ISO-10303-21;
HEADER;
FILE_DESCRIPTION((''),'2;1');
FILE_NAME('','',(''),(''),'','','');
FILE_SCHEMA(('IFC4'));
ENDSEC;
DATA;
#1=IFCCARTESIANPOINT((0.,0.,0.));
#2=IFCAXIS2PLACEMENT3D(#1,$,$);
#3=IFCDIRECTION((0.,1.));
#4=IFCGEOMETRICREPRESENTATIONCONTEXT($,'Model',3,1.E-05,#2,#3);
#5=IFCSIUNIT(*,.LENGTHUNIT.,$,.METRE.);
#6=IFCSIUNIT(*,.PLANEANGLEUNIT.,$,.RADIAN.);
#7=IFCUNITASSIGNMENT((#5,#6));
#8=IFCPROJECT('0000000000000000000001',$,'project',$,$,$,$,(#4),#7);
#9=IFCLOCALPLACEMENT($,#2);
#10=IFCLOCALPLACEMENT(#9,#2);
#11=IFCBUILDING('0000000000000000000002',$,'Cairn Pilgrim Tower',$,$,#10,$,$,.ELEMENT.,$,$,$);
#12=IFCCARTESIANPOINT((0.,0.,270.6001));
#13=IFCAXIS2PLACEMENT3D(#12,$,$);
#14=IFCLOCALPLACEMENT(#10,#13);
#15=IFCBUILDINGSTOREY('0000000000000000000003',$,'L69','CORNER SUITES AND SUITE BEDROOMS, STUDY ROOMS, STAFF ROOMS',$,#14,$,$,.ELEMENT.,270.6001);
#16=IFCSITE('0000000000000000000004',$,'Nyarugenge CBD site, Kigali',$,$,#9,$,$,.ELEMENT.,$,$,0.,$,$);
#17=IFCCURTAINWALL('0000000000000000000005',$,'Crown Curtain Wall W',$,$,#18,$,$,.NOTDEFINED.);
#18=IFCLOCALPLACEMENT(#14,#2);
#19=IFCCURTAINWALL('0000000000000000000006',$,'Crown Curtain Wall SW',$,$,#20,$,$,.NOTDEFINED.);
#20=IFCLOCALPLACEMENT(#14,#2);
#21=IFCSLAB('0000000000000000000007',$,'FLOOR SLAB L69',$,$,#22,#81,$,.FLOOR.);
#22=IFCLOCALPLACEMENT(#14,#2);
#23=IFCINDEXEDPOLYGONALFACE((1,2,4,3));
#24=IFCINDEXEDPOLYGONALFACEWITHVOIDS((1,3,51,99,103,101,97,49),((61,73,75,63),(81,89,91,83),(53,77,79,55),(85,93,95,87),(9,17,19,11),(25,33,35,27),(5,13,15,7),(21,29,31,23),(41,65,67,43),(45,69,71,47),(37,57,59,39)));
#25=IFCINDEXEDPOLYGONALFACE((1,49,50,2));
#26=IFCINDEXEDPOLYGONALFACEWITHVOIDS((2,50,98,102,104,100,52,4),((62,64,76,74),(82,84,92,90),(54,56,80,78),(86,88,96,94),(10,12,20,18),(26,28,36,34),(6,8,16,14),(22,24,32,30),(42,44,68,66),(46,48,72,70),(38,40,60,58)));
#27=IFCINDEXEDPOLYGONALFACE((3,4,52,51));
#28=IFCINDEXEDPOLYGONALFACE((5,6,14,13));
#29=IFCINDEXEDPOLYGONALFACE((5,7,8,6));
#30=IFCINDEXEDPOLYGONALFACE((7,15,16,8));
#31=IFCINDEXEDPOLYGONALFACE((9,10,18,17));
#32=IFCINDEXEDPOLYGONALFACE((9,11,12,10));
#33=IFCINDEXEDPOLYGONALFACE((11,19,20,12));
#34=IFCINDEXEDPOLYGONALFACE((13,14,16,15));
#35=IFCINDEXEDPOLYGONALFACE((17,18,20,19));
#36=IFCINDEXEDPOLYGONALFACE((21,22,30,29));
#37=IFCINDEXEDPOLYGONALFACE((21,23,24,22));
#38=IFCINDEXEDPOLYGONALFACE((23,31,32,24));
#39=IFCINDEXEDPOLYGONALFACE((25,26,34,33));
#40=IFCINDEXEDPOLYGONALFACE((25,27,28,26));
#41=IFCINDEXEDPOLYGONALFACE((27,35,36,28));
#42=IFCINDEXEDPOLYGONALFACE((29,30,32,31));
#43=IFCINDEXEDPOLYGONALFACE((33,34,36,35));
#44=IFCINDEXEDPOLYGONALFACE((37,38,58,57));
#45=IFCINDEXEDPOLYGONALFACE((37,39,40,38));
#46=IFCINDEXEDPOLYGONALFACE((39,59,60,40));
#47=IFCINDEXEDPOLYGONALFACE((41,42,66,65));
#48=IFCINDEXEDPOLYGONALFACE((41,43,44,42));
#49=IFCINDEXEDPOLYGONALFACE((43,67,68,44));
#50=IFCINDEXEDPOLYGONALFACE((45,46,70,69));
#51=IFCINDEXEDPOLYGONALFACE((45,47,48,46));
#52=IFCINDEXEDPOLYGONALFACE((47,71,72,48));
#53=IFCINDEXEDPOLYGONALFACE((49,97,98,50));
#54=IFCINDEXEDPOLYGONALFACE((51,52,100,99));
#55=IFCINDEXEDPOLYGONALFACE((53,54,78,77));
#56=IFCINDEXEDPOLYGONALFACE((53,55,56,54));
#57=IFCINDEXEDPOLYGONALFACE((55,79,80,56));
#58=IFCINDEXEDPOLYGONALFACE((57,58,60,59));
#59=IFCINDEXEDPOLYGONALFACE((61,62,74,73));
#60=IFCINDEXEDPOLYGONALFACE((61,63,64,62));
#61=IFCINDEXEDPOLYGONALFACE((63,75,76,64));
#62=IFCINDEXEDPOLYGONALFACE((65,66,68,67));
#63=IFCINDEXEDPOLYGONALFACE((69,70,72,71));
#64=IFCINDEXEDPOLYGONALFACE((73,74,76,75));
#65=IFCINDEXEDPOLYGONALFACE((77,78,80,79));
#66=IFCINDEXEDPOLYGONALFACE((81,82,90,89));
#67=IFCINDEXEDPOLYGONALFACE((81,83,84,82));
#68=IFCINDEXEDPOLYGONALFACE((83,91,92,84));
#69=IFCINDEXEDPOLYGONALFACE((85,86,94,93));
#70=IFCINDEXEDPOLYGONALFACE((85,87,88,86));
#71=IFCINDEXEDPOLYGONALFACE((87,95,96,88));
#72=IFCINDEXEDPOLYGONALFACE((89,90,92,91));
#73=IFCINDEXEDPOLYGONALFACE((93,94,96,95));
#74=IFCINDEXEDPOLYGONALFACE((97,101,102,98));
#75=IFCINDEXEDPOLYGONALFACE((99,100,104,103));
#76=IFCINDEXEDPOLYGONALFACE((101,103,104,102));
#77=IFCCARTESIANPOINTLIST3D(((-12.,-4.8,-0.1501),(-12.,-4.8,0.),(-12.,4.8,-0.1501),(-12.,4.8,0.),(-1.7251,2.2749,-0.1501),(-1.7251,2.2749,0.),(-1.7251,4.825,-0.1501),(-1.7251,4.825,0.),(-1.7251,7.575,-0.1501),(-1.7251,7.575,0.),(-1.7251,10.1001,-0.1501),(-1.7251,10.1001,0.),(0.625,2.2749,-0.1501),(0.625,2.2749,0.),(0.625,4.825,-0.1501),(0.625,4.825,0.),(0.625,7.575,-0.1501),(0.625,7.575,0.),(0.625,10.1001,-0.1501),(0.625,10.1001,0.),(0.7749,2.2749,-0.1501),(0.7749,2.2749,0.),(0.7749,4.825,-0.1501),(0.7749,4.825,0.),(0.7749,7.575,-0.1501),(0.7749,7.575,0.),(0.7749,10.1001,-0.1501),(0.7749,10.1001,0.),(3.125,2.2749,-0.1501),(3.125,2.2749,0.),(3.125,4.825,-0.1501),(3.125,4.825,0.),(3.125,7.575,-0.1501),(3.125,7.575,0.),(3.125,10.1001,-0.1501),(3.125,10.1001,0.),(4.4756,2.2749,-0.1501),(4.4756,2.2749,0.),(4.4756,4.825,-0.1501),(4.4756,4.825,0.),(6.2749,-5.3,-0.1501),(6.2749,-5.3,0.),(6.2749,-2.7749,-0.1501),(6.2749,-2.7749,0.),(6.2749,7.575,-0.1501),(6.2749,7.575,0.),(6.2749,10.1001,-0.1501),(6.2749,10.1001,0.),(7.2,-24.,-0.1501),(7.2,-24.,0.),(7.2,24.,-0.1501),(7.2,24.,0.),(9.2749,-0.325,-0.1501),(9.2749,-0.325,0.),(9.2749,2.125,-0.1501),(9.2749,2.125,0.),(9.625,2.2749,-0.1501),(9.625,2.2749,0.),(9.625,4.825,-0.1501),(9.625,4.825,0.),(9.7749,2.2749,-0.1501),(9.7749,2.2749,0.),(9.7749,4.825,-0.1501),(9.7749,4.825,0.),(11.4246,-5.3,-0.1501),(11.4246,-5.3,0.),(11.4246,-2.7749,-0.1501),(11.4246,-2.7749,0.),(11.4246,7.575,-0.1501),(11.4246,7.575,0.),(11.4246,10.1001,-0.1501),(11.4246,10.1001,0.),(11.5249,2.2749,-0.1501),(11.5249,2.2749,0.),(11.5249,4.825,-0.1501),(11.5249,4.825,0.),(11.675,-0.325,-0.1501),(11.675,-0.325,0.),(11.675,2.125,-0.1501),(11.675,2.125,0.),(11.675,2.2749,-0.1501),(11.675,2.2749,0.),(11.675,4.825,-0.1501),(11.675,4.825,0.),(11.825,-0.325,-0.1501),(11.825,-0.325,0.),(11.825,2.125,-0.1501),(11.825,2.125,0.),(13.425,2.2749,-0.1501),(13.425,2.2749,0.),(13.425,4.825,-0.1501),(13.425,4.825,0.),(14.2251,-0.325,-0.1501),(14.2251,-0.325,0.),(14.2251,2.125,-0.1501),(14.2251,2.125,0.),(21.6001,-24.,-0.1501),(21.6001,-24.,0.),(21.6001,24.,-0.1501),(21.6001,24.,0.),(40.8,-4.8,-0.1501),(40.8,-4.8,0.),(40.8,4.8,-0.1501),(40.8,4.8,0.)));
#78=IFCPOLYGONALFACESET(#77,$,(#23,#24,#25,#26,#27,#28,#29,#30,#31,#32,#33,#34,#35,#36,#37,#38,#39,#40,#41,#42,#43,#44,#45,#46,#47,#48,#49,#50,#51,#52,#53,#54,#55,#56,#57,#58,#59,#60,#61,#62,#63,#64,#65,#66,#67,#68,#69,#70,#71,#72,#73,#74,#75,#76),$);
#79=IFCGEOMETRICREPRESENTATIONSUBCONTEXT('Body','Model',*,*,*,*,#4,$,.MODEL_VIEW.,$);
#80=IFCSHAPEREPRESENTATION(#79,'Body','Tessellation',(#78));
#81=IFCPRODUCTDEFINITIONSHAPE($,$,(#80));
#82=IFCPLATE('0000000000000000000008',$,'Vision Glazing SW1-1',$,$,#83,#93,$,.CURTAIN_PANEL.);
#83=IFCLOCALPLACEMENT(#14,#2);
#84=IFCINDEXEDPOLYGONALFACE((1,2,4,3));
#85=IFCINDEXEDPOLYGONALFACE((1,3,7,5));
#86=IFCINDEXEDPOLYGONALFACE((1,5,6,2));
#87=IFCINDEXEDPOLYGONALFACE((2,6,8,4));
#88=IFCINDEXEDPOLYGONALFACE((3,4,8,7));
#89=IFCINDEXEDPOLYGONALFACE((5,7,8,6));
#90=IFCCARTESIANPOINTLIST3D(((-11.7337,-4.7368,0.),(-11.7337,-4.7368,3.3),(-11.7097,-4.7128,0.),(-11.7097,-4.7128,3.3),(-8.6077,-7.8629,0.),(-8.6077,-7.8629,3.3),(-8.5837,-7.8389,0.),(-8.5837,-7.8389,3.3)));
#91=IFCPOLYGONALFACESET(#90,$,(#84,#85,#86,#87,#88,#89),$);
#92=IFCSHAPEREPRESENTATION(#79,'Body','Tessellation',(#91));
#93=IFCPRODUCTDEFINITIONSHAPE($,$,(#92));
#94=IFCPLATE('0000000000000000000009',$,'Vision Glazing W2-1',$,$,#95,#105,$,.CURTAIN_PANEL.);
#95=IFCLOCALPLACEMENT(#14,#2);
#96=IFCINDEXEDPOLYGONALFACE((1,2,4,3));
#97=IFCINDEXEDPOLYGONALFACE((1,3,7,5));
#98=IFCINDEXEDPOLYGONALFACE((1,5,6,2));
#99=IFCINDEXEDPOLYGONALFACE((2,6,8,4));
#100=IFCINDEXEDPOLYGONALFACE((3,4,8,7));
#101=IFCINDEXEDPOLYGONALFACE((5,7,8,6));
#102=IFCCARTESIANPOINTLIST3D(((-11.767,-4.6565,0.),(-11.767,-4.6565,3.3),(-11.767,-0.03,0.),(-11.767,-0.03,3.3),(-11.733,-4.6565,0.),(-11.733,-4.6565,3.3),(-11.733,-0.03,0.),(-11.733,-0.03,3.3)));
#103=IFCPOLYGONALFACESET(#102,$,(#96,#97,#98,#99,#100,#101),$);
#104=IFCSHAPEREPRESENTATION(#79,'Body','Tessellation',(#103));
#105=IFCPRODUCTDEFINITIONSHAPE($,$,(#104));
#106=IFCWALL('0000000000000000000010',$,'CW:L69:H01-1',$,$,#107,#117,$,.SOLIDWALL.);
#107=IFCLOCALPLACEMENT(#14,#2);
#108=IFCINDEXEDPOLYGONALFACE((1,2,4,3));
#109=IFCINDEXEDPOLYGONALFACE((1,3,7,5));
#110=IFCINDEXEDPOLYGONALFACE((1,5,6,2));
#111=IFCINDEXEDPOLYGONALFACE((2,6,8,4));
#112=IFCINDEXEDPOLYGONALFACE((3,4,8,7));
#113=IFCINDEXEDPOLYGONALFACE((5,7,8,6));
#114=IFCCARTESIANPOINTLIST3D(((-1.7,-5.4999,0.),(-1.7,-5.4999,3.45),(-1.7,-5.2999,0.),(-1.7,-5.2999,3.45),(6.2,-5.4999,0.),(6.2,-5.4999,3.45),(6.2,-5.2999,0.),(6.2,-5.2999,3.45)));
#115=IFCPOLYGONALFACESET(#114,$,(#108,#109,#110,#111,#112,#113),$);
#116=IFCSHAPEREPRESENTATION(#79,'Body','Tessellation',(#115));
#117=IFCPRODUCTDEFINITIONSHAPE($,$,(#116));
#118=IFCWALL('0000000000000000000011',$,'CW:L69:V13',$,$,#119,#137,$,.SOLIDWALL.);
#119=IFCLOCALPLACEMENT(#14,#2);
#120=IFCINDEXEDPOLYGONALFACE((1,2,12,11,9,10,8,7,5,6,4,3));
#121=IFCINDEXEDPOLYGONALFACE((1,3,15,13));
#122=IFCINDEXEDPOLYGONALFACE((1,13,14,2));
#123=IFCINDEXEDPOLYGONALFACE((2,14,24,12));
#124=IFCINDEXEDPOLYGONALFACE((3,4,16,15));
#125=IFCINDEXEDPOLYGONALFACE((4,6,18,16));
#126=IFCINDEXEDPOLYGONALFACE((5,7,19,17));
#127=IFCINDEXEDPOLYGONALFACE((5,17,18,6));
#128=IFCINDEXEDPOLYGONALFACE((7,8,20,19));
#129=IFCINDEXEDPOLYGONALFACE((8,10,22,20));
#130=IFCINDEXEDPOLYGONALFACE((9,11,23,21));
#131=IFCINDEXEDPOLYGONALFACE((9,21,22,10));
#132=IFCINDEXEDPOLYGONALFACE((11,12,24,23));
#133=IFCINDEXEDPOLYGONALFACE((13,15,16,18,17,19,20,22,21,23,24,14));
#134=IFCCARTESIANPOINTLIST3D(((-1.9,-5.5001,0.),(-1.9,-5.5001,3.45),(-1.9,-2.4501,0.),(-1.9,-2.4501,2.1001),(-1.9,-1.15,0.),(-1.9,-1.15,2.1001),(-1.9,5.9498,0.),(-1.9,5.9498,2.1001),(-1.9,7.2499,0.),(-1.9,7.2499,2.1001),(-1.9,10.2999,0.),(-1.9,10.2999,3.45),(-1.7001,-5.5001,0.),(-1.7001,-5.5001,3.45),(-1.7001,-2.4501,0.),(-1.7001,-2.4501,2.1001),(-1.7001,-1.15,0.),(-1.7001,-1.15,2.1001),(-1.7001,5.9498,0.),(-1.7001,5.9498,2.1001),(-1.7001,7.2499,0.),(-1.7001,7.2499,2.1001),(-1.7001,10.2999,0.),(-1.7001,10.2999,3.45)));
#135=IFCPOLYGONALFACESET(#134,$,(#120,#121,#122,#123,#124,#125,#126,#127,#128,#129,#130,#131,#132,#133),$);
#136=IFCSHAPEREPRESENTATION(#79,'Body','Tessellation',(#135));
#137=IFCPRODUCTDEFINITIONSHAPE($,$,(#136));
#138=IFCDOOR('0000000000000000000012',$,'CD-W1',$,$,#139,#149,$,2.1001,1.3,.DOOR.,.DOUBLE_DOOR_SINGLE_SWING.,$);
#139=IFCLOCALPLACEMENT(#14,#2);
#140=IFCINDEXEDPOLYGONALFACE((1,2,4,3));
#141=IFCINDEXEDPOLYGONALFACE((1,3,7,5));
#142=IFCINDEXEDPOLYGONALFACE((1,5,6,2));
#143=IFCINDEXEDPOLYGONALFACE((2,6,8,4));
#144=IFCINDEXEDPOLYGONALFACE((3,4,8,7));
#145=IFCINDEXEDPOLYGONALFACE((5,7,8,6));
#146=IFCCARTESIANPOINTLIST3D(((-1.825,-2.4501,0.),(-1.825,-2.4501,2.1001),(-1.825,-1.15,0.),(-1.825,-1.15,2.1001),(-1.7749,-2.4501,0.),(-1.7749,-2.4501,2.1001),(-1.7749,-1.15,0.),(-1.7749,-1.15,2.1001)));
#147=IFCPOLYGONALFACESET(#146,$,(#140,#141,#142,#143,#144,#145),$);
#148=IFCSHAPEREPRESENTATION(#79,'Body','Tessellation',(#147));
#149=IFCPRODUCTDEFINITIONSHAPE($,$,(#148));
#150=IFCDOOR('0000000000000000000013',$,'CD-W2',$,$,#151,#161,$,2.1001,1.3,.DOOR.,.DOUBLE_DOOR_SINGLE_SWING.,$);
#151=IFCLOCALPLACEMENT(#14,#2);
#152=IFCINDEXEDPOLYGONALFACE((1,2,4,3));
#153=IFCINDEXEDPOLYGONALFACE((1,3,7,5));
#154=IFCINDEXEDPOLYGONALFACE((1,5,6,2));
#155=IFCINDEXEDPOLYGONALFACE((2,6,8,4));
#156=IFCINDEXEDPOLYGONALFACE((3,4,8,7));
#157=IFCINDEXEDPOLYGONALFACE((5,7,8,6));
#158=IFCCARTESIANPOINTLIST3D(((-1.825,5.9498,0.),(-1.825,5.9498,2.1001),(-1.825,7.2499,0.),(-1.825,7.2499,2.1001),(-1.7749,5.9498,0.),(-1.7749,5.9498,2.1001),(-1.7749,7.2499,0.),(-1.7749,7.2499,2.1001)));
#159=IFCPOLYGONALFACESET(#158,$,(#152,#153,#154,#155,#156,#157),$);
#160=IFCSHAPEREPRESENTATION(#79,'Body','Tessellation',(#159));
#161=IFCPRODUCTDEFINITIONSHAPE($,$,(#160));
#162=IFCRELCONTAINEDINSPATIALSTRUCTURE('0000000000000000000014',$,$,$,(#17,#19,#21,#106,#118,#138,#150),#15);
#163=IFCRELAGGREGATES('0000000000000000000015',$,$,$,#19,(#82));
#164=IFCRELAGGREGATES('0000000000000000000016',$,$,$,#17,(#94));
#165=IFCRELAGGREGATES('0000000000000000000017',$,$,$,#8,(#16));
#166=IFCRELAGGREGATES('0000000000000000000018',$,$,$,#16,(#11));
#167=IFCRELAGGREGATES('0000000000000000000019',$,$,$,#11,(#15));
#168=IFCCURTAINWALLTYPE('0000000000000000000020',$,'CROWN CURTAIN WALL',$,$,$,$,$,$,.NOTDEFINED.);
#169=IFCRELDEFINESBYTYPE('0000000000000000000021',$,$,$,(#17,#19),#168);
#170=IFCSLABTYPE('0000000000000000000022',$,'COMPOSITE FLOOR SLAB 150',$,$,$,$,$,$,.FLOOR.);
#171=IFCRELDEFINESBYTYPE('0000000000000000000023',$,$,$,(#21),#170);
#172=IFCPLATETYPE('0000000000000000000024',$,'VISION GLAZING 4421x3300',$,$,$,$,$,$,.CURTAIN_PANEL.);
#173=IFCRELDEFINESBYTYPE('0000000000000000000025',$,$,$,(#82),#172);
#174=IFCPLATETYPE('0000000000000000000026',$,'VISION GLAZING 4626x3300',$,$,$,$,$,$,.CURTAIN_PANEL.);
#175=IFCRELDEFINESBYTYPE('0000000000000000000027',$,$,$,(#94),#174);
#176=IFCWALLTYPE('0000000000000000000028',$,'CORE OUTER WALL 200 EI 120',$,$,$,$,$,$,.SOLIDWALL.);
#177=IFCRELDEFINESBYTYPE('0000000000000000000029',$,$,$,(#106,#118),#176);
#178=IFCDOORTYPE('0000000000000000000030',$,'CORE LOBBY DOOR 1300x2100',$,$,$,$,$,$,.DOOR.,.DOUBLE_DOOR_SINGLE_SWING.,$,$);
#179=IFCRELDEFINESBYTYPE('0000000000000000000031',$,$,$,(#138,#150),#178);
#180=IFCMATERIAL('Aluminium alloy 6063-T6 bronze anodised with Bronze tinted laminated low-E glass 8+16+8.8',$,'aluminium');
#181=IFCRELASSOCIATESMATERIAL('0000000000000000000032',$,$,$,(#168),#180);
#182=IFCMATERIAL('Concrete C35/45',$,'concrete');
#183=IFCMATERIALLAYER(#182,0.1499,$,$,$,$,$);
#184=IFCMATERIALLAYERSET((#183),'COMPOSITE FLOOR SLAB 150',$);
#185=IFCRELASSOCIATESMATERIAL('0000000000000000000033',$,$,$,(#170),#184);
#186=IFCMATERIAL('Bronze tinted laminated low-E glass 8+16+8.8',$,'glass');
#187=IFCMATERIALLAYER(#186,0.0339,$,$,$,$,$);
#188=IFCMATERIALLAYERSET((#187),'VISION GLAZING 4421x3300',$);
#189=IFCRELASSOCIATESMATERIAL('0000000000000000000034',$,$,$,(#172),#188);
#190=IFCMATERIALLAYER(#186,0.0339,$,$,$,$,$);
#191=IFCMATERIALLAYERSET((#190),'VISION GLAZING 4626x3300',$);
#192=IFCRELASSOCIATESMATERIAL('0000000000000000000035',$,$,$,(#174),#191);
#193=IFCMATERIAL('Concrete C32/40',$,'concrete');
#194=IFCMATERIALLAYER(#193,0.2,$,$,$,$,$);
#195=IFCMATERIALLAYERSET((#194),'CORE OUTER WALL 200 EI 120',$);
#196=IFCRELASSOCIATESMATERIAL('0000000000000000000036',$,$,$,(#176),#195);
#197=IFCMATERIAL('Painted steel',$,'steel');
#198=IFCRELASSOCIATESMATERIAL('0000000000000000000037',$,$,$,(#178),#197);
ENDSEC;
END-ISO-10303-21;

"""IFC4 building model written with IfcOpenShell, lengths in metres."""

from ifc_helpers import new_model, si_unit, direction, frame, frame_2d, origin, origin_2d, place, context, subcontext, project, spatial, polyline, rectangle, outline, extrude, material, layer, layer_set, type_object, element, fill, aggregate, save


model = new_model("IFC4")

# Units and contexts
model_context = context("Model", 3, precision=1e-05, world=origin(), true_north=direction((0.0, 1.0)))
body_context = subcontext(model_context, "Body", "Model", "MODEL_VIEW")
ifc_project = project(units=[si_unit("LENGTHUNIT", "METRE"), si_unit("PLANEANGLEUNIT", "RADIAN")], contexts=[model_context])

# Site, building, storey
site_placement = place(None, origin())
site = spatial("IfcSite", under=ifc_project, at=site_placement, Name="Nyarugenge CBD site, Kigali", CompositionType="ELEMENT", RefElevation=0.0)
building_placement = place(site_placement, origin())
building = spatial("IfcBuilding", under=site, at=building_placement, Name="Cairn Pilgrim Tower", CompositionType="ELEMENT")
storey_placement = place(building_placement, frame((0.0, 0.0, 270.6001)))
storey = spatial("IfcBuildingStorey", under=building, at=storey_placement, Name="L69", Description="CORNER SUITES AND SUITE BEDROOMS, STUDY ROOMS, STAFF ROOMS", CompositionType="ELEMENT", Elevation=270.6001)

# Curtain wall
ifc_material_1 = material(Name="Aluminium alloy 6063-T6 bronze anodised with Bronze tinted laminated low-E glass 8+16+8.8", Category="aluminium")
curtain_wall_type = type_object("IfcCurtainWallType", Name="CROWN CURTAIN WALL", PredefinedType="NOTDEFINED", material=ifc_material_1)
curtain_wall_1_placement = place(storey_placement, origin())
curtain_wall_1 = element("IfcCurtainWall", 1, at=curtain_wall_1_placement, inside=storey, type_object=curtain_wall_type, Name="Crown Curtain Wall W", PredefinedType="NOTDEFINED")

# Curtain wall
curtain_wall_2_placement = place(storey_placement, origin())
curtain_wall_2 = element("IfcCurtainWall", 2, at=curtain_wall_2_placement, inside=storey, type_object=curtain_wall_type, Name="Crown Curtain Wall SW", PredefinedType="NOTDEFINED")

# Slab
ifc_material_2 = material(Name="Concrete C35/45", Category="concrete")
ifc_layer_1 = layer(ifc_material_2, 0.1499)
ifc_layer_set_1 = layer_set([ifc_layer_1], Name="COMPOSITE FLOOR SLAB 150")
slab_type_1 = type_object("IfcSlabType", Name="COMPOSITE FLOOR SLAB 150", PredefinedType="FLOOR", material=ifc_layer_set_1)
slab_1_placement = place(storey_placement, frame((0.0, 0.0, -0.1501)))
element("IfcSlab", 3, at=slab_1_placement, inside=storey, type_object=slab_type_1, Name="FLOOR SLAB L69", PredefinedType="FLOOR", context=body_context, shape_type="SweptSolid", body=[
    extrude(outline(polyline([(7.2, -24.0), (21.6001, -24.0), (40.8, -4.8), (40.8, 4.8), (21.6001, 24.0), (7.2, 24.0), (-12.0, 4.8), (-12.0, -4.8), (7.2, -24.0)]), holes=[polyline([(9.2749, -0.325), (11.675, -0.325), (11.675, 2.125), (9.2749, 2.125), (9.2749, -0.325)]), polyline([(11.825, -0.325), (14.2251, -0.325), (14.2251, 2.125), (11.825, 2.125), (11.825, -0.325)]), polyline([(-1.7251, 2.2749), (0.625, 2.2749), (0.625, 4.825), (-1.7251, 4.825), (-1.7251, 2.2749)]), polyline([(0.7749, 2.2749), (3.125, 2.2749), (3.125, 4.825), (0.7749, 4.825), (0.7749, 2.2749)]), polyline([(-1.7251, 7.575), (0.625, 7.575), (0.625, 10.1001), (-1.7251, 10.1001), (-1.7251, 7.575)]), polyline([(0.7749, 7.575), (3.125, 7.575), (3.125, 10.1001), (0.7749, 10.1001), (0.7749, 7.575)]), polyline([(9.7749, 2.2749), (11.5249, 2.2749), (11.5249, 4.825), (9.7749, 4.825), (9.7749, 2.2749)]), polyline([(11.675, 2.2749), (13.425, 2.2749), (13.425, 4.825), (11.675, 4.825), (11.675, 2.2749)]), polyline([(11.4246, -2.7749), (6.2749, -2.7749), (6.2749, -5.3), (11.4246, -5.3), (11.4246, -2.7749)]), polyline([(4.4756, 2.2749), (9.625, 2.2749), (9.625, 4.825), (4.4756, 4.825), (4.4756, 2.2749)]), polyline([(11.4246, 10.1001), (6.2749, 10.1001), (6.2749, 7.575), (11.4246, 7.575), (11.4246, 10.1001)])]), origin(), (0.0, 0.0, 1.0), 0.1501),
])

# Plates
ifc_material_3 = material(Name="Bronze tinted laminated low-E glass 8+16+8.8", Category="glass")
ifc_layer_2 = layer(ifc_material_3, 0.0339)
ifc_layer_set_2 = layer_set([ifc_layer_2], Name="VISION GLAZING 4421x3300")
plate_type_1 = type_object("IfcPlateType", Name="VISION GLAZING 4421x3300", PredefinedType="CURTAIN_PANEL", material=ifc_layer_set_2)
plate_1_placement = place(storey_placement, frame((-10.1587, -6.2878, 0.0), z_axis=(0.0, 0.0, 1.0), x_axis=(0.707107, -0.707107, 0.0)))
plate_1 = element("IfcPlate", 4, at=plate_1_placement, type_object=plate_type_1, Name="Vision Glazing SW1-1", PredefinedType="CURTAIN_PANEL", context=body_context, shape_type="SweptSolid", body=[
    extrude(rectangle(XDim=4.4209, YDim=0.0339, at=origin_2d()), origin(), (0.0, 0.0, 1.0), 3.3),
])
aggregate(curtain_wall_2, [plate_1])
ifc_layer_3 = layer(ifc_material_3, 0.0339)
ifc_layer_set_3 = layer_set([ifc_layer_3], Name="VISION GLAZING 4626x3300")
plate_type_2 = type_object("IfcPlateType", Name="VISION GLAZING 4626x3300", PredefinedType="CURTAIN_PANEL", material=ifc_layer_set_3)
plate_2_placement = place(storey_placement, frame((-11.75, -2.3433, 0.0), z_axis=(0.0, 0.0, 1.0), x_axis=(0.0, -1.0, 0.0)))
plate_2 = element("IfcPlate", 5, at=plate_2_placement, type_object=plate_type_2, Name="Vision Glazing W2-1", PredefinedType="CURTAIN_PANEL", context=body_context, shape_type="SweptSolid", body=[
    extrude(rectangle(XDim=4.6265, YDim=0.0339, at=origin_2d()), origin(), (0.0, 0.0, 1.0), 3.3),
])
aggregate(curtain_wall_1, [plate_2])

# Wall
ifc_material_4 = material(Name="Concrete C32/40", Category="concrete")
ifc_layer_4 = layer(ifc_material_4, 0.2)
ifc_layer_set_4 = layer_set([ifc_layer_4], Name="CORE OUTER WALL 200 EI 120")
wall_type_1 = type_object("IfcWallType", Name="CORE OUTER WALL 200 EI 120", PredefinedType="SOLIDWALL", material=ifc_layer_set_4)
wall_1_placement = place(storey_placement, frame((-1.7, -5.3999, 0.0), z_axis=(0.0, 0.0, 1.0), x_axis=(1.0, 0.0, 0.0)))
element("IfcWall", 6, at=wall_1_placement, inside=storey, type_object=wall_type_1, Name="CW:L69:H01-1", PredefinedType="SOLIDWALL", context=body_context, shape_type="SweptSolid", body=[
    extrude(rectangle(XDim=7.8999, YDim=0.2, at=frame_2d((3.95, 0.0))), origin(), (0.0, 0.0, 1.0), 3.45),
])

# Wall, openings, doors
wall_2_placement = place(storey_placement, frame((-1.8, -5.5, 0.0), z_axis=(0.0, 0.0, 1.0), x_axis=(0.0, 1.0, 0.0)))
wall_2 = element("IfcWall", 7, at=wall_2_placement, inside=storey, type_object=wall_type_1, Name="CW:L69:V13", PredefinedType="SOLIDWALL", context=body_context, shape_type="SweptSolid", body=[
    extrude(rectangle(XDim=15.8, YDim=0.2, at=frame_2d((7.8999, 0.0))), origin(), (0.0, 0.0, 1.0), 3.45),
])
opening_1_placement = place(wall_2_placement, frame((3.05, 0.0, 0.0)))
opening_1 = element("IfcOpeningElement", 8, at=opening_1_placement, cuts=wall_2, PredefinedType="OPENING", context=body_context, shape_type="SweptSolid", body=[
    extrude(rectangle(XDim=1.3, YDim=2.1001, at=frame_2d((0.6499, 1.05))), frame((0.0, 0.1099, 0.0), z_axis=(0.0, -1.0, 0.0), x_axis=(1.0, 0.0, 0.0)), (0.0, 0.0, 1.0), 0.22),
])
opening_2_placement = place(wall_2_placement, frame((11.45, 0.0, 0.0)))
opening_2 = element("IfcOpeningElement", 9, at=opening_2_placement, cuts=wall_2, PredefinedType="OPENING", context=body_context, shape_type="SweptSolid", body=[
    extrude(rectangle(XDim=1.3, YDim=2.1001, at=frame_2d((0.6499, 1.05))), frame((0.0, 0.1099, 0.0), z_axis=(0.0, -1.0, 0.0), x_axis=(1.0, 0.0, 0.0)), (0.0, 0.0, 1.0), 0.22),
])
ifc_material_5 = material(Name="Painted steel", Category="steel")
door_type_1 = type_object("IfcDoorType", Name="CORE LOBBY DOOR 1300x2100", OperationType="DOUBLE_DOOR_SINGLE_SWING", PredefinedType="DOOR", material=ifc_material_5)
door_1_placement = place(opening_1_placement, origin())
door_1 = element("IfcDoor", 10, at=door_1_placement, inside=storey, type_object=door_type_1, Name="CD-W1", OperationType="DOUBLE_DOOR_SINGLE_SWING", OverallHeight=2.1001, OverallWidth=1.3, PredefinedType="DOOR", context=body_context, shape_type="SweptSolid", body=[
    extrude(rectangle(XDim=1.3, YDim=2.1001, at=frame_2d((0.6499, 1.05))), frame((0.0, 0.0249, 0.0), z_axis=(0.0, -1.0, 0.0), x_axis=(1.0, 0.0, 0.0)), (0.0, 0.0, 1.0), 0.05),
])
fill(opening_1, door_1)
door_2_placement = place(opening_2_placement, origin())
door_2 = element("IfcDoor", 11, at=door_2_placement, inside=storey, type_object=door_type_1, Name="CD-W2", OperationType="DOUBLE_DOOR_SINGLE_SWING", OverallHeight=2.1001, OverallWidth=1.3, PredefinedType="DOOR", context=body_context, shape_type="SweptSolid", body=[
    extrude(rectangle(XDim=1.3, YDim=2.1001, at=frame_2d((0.6499, 1.05))), frame((0.0, 0.0249, 0.0), z_axis=(0.0, -1.0, 0.0), x_axis=(1.0, 0.0, 0.0)), (0.0, 0.0, 1.0), 0.05),
])
fill(opening_2, door_2)

save(model, "model.ifc")
